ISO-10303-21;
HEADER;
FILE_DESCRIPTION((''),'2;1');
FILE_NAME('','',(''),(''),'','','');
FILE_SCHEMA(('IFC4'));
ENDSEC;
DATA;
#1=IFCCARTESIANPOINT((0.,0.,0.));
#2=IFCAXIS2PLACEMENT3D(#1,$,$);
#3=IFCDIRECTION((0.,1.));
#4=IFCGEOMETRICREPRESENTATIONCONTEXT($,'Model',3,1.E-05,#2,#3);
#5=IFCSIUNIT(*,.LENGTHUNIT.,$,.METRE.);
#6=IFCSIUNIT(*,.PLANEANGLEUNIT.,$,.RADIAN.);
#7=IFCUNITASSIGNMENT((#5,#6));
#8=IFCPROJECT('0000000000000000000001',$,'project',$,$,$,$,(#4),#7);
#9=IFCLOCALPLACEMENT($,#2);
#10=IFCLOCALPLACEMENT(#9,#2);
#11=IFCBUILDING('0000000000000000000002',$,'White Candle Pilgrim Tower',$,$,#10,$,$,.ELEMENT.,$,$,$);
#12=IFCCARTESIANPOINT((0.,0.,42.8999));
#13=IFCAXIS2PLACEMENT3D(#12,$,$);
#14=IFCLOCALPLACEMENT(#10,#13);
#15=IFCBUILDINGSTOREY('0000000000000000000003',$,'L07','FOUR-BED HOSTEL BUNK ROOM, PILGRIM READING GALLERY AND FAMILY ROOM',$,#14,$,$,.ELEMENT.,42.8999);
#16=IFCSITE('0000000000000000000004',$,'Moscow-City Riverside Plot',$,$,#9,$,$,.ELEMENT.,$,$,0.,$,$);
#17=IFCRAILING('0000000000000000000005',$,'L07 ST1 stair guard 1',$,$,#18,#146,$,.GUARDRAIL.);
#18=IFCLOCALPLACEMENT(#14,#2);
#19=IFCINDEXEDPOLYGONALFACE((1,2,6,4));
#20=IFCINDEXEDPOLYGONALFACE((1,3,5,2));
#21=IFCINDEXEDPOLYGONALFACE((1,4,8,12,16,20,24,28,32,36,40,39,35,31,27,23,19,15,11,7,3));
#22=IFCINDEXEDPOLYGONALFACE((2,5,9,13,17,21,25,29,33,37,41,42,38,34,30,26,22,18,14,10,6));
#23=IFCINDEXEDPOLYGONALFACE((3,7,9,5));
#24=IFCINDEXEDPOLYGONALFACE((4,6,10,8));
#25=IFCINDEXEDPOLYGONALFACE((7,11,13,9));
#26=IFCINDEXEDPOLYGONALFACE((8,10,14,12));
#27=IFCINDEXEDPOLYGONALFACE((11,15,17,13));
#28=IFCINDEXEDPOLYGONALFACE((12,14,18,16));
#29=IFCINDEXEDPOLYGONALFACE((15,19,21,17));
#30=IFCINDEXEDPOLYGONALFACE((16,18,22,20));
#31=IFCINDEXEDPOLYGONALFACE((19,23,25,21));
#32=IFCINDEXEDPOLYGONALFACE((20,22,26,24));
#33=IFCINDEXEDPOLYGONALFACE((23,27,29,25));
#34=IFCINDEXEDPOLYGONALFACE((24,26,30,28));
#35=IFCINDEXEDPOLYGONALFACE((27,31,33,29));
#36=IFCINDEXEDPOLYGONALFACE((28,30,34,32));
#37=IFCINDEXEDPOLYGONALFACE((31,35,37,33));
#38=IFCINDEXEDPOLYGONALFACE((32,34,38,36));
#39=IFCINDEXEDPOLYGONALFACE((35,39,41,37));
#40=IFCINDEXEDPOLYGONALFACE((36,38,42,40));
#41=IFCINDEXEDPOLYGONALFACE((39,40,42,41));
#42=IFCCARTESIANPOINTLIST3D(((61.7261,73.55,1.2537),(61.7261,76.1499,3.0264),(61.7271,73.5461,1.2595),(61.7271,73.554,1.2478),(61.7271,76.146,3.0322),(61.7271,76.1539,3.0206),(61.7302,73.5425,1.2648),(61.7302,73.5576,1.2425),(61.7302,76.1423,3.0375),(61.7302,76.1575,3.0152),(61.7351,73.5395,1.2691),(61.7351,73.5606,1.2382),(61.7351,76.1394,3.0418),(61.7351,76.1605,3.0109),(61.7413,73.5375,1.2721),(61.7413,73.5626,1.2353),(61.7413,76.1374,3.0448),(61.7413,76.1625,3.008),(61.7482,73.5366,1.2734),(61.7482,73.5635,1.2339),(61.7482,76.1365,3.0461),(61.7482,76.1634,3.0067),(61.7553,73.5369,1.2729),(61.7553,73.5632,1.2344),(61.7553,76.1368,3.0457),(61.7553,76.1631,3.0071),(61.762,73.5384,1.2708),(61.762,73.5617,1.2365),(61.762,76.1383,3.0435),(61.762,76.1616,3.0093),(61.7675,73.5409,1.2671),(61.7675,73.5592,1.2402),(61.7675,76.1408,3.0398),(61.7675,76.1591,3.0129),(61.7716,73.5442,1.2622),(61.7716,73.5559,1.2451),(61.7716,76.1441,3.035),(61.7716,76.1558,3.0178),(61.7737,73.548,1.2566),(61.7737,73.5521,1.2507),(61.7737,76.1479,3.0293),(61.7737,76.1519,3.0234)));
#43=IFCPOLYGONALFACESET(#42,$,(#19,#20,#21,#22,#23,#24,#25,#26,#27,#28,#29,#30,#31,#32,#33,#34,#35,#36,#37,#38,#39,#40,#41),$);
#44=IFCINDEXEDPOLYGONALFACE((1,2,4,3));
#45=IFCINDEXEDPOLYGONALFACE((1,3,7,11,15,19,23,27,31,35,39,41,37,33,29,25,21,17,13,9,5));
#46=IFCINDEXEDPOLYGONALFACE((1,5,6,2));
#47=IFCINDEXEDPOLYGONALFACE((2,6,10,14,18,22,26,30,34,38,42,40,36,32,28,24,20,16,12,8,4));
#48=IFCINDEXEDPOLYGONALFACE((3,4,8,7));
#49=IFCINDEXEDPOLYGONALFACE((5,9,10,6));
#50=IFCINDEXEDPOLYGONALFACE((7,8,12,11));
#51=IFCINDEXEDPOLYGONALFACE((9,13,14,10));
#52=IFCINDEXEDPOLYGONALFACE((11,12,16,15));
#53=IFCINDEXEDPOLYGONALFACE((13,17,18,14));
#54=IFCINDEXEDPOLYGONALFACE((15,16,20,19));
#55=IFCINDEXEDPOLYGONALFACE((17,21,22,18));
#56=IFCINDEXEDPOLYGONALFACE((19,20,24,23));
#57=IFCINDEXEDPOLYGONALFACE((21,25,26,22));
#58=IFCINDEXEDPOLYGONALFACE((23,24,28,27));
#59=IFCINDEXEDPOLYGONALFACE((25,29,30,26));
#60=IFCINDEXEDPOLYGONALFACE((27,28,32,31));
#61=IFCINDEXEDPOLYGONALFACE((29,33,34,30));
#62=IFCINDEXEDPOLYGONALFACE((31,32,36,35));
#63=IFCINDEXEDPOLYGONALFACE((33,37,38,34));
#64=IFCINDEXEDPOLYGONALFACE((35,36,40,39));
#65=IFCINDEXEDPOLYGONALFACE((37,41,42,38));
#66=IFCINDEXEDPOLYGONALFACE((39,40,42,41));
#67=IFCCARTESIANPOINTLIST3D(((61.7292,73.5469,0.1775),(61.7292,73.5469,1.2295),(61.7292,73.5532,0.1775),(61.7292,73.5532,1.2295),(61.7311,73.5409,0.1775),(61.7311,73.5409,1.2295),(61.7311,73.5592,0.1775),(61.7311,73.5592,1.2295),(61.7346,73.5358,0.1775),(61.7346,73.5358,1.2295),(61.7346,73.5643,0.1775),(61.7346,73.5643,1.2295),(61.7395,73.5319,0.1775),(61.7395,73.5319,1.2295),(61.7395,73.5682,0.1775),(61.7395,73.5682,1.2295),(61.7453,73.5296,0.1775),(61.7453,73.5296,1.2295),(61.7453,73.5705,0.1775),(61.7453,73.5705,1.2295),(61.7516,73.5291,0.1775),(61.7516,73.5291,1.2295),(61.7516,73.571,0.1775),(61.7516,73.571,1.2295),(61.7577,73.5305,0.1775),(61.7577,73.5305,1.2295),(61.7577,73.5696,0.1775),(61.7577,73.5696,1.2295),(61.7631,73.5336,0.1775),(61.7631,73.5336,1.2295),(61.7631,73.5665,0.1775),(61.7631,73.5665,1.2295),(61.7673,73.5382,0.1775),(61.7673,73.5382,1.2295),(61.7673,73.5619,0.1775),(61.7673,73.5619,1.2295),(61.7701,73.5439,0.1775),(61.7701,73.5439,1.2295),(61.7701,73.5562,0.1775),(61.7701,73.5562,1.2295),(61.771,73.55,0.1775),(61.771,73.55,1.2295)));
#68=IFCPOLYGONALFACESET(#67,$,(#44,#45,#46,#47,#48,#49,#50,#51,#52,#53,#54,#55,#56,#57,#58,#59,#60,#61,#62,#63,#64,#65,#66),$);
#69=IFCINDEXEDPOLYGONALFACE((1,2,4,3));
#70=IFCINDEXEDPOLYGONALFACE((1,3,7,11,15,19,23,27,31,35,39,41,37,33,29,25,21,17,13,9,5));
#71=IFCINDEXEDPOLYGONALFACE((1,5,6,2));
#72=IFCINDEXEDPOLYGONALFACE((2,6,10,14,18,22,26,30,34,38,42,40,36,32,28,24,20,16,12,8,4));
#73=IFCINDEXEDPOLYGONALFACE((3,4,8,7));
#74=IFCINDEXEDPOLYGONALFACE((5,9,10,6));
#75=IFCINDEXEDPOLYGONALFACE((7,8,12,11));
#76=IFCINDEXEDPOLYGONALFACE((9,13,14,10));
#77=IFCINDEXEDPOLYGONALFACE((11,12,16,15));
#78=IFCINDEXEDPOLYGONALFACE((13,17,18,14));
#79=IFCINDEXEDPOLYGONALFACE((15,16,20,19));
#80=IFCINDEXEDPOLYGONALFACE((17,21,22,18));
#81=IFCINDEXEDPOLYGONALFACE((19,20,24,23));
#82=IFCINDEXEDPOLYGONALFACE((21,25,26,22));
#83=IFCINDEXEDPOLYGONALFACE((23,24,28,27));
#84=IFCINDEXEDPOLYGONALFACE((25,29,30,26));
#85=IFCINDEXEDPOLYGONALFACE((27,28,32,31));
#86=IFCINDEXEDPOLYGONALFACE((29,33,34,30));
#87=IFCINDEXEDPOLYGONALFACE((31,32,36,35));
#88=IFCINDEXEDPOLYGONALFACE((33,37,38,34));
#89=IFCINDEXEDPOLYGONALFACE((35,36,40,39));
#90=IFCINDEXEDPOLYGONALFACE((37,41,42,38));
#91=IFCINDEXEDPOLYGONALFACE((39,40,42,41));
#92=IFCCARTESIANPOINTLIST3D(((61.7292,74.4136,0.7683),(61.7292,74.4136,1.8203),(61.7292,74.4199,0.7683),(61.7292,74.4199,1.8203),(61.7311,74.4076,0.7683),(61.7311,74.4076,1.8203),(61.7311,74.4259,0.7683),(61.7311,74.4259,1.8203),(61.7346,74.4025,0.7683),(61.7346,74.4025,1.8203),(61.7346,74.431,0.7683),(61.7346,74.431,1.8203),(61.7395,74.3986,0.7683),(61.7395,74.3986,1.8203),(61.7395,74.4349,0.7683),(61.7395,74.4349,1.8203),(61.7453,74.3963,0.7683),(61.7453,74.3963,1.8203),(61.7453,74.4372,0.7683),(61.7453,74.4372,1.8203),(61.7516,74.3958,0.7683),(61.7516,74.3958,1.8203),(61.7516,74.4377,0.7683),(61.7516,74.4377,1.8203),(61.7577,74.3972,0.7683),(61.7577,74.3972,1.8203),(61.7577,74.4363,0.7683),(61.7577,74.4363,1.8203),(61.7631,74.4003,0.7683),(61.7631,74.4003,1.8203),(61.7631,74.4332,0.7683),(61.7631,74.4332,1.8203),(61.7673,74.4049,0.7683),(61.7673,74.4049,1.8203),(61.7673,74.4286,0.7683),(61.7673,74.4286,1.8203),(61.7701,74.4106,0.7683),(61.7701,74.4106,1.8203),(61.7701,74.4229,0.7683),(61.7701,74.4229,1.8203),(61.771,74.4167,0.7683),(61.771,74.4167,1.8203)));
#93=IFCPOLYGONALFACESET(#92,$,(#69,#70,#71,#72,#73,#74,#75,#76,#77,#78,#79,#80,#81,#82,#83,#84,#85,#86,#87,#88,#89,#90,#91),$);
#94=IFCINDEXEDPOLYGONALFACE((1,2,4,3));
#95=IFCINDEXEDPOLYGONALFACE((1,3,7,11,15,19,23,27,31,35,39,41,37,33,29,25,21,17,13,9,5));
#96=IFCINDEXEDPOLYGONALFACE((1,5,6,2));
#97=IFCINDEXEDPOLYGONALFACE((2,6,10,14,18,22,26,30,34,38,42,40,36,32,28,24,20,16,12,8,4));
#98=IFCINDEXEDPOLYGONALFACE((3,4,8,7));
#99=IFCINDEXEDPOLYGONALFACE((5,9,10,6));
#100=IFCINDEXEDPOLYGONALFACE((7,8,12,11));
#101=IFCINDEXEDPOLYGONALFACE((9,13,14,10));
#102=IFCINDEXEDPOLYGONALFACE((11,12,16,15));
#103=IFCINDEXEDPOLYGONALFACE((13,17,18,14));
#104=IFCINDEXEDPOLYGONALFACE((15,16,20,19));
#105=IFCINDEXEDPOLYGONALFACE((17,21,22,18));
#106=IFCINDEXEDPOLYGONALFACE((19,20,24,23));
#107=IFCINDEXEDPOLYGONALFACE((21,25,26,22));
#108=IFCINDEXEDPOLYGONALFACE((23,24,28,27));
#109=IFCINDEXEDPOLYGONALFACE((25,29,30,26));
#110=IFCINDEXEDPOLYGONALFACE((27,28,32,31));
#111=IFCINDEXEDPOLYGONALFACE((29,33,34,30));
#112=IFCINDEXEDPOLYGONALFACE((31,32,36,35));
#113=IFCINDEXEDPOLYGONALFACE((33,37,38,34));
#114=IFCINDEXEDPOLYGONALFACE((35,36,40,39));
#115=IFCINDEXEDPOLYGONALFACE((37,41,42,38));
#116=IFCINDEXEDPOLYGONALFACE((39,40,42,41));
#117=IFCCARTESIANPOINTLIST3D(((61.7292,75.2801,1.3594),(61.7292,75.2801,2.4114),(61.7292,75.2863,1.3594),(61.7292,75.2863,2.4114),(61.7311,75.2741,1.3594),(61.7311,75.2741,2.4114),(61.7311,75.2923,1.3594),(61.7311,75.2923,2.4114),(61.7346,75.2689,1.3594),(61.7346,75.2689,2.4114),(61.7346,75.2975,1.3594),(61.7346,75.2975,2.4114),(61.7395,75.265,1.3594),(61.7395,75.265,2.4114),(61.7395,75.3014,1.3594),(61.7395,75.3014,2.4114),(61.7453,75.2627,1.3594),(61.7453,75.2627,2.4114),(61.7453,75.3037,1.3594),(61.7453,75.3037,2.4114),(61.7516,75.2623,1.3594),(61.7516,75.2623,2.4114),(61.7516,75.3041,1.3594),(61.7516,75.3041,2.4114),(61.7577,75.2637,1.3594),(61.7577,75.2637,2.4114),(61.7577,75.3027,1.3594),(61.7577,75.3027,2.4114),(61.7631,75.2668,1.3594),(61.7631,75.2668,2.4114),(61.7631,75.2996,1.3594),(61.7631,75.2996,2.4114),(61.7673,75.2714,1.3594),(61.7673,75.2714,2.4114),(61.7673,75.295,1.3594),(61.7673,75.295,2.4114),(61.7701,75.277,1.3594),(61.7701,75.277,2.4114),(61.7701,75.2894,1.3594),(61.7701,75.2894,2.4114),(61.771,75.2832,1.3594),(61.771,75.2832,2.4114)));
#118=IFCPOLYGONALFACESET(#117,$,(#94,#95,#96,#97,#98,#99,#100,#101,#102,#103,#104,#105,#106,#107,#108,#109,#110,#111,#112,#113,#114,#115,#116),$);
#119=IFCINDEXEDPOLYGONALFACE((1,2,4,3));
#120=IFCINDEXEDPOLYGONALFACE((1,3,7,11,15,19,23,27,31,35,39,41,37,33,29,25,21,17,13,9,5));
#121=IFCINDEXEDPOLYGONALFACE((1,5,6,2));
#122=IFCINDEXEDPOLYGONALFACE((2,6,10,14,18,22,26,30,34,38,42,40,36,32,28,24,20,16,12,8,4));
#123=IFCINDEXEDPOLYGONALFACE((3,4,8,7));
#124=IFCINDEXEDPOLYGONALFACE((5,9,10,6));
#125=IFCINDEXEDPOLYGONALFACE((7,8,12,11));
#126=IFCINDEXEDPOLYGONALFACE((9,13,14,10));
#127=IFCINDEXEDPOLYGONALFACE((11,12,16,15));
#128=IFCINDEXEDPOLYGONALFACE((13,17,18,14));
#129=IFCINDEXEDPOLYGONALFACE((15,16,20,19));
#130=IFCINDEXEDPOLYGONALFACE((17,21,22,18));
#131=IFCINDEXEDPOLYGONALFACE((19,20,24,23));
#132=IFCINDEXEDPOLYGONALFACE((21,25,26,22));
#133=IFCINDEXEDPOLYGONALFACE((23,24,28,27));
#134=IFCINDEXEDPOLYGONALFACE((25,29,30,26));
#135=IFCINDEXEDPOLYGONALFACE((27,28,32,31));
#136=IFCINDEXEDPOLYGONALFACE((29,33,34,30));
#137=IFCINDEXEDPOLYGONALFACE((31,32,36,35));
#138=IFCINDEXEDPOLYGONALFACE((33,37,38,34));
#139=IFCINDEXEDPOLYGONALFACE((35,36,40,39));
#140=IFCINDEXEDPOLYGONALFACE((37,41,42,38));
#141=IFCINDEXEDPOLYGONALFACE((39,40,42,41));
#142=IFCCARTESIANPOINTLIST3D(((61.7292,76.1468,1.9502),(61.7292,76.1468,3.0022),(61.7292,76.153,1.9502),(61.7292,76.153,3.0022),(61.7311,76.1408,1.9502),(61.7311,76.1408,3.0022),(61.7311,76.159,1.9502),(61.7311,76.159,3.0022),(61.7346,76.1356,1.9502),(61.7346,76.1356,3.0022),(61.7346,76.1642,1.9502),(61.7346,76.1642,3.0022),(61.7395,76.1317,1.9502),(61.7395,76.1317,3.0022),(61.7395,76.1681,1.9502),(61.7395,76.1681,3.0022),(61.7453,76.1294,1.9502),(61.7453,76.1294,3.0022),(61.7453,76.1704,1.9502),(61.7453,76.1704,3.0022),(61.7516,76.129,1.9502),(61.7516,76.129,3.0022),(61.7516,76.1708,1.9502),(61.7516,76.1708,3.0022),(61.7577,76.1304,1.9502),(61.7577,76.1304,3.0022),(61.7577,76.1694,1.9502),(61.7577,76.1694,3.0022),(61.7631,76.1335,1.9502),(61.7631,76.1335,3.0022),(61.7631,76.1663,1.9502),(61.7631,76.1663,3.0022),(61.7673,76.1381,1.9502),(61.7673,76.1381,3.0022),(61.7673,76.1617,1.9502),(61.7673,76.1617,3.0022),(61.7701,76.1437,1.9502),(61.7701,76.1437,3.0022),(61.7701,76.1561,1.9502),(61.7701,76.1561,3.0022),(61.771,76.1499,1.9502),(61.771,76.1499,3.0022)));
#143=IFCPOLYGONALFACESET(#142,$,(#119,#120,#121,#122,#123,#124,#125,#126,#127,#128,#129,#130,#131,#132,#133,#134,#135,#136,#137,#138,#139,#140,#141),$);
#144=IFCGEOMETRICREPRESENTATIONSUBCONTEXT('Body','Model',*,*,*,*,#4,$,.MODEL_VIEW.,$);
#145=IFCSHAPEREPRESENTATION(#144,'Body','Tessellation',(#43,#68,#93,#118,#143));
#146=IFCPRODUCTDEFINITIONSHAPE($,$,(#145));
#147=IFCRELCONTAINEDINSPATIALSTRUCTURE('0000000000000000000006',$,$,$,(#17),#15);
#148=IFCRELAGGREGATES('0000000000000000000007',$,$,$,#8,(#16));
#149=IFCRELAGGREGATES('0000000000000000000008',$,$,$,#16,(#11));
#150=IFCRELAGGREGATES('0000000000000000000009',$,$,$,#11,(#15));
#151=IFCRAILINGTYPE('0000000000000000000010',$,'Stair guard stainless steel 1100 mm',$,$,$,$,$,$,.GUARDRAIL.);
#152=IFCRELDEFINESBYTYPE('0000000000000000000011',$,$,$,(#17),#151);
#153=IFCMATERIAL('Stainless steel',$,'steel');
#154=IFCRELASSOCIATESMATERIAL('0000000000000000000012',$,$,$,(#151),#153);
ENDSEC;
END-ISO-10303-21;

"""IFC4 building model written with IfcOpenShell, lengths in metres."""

from ifc_helpers import new_model, si_unit, direction, frame, origin, origin_2d, place, context, subcontext, project, spatial, circle, extrude, material, type_object, element, save


model = new_model("IFC4")

# Units and contexts
model_context = context("Model", 3, precision=1e-05, world=origin(), true_north=direction((0.0, 1.0)))
body_context = subcontext(model_context, "Body", "Model", "MODEL_VIEW")
ifc_project = project(units=[si_unit("LENGTHUNIT", "METRE"), si_unit("PLANEANGLEUNIT", "RADIAN")], contexts=[model_context])

# Site, building, storey
site_placement = place(None, origin())
site = spatial("IfcSite", under=ifc_project, at=site_placement, Name="Moscow-City Riverside Plot", CompositionType="ELEMENT", RefElevation=0.0)
building_placement = place(site_placement, origin())
building = spatial("IfcBuilding", under=site, at=building_placement, Name="White Candle Pilgrim Tower", CompositionType="ELEMENT")
storey_placement = place(building_placement, frame((0.0, 0.0, 42.8999)))
storey = spatial("IfcBuildingStorey", under=building, at=storey_placement, Name="L07", Description="FOUR-BED HOSTEL BUNK ROOM, PILGRIM READING GALLERY AND FAMILY ROOM", CompositionType="ELEMENT", Elevation=42.8999)

# Railing
ifc_material_1 = material(Name="Stainless steel", Category="steel")
railing_type = type_object("IfcRailingType", Name="Stair guard stainless steel 1100 mm", PredefinedType="GUARDRAIL", material=ifc_material_1)
railing_1_placement = place(storey_placement, frame((61.75, 73.55, 0.1775)))
element("IfcRailing", 1, at=railing_1_placement, inside=storey, type_object=railing_type, Name="L07 ST1 stair guard 1", PredefinedType="GUARDRAIL", context=body_context, shape_type="SweptSolid", body=[
    extrude(circle(Radius=0.0239, at=origin_2d()), frame((0.0, 0.0, 1.0762), z_axis=(0.0, 0.826216, 0.563354), x_axis=(-1.0, 0.0, 0.0)), (0.0, 0.0, 1.0), 3.1467),
    extrude(circle(Radius=0.021, at=origin_2d()), origin(), (0.0, 0.0, 1.0), 1.052),
    extrude(circle(Radius=0.021, at=origin_2d()), frame((0.0, 0.8667, 0.5908)), (0.0, 0.0, 1.0), 1.052),
    extrude(circle(Radius=0.021, at=origin_2d()), frame((0.0, 1.7332, 1.1819)), (0.0, 0.0, 1.0), 1.052),
    extrude(circle(Radius=0.021, at=origin_2d()), frame((0.0, 2.5999, 1.7727)), (0.0, 0.0, 1.0), 1.052),
])

save(model, "model.ifc")
